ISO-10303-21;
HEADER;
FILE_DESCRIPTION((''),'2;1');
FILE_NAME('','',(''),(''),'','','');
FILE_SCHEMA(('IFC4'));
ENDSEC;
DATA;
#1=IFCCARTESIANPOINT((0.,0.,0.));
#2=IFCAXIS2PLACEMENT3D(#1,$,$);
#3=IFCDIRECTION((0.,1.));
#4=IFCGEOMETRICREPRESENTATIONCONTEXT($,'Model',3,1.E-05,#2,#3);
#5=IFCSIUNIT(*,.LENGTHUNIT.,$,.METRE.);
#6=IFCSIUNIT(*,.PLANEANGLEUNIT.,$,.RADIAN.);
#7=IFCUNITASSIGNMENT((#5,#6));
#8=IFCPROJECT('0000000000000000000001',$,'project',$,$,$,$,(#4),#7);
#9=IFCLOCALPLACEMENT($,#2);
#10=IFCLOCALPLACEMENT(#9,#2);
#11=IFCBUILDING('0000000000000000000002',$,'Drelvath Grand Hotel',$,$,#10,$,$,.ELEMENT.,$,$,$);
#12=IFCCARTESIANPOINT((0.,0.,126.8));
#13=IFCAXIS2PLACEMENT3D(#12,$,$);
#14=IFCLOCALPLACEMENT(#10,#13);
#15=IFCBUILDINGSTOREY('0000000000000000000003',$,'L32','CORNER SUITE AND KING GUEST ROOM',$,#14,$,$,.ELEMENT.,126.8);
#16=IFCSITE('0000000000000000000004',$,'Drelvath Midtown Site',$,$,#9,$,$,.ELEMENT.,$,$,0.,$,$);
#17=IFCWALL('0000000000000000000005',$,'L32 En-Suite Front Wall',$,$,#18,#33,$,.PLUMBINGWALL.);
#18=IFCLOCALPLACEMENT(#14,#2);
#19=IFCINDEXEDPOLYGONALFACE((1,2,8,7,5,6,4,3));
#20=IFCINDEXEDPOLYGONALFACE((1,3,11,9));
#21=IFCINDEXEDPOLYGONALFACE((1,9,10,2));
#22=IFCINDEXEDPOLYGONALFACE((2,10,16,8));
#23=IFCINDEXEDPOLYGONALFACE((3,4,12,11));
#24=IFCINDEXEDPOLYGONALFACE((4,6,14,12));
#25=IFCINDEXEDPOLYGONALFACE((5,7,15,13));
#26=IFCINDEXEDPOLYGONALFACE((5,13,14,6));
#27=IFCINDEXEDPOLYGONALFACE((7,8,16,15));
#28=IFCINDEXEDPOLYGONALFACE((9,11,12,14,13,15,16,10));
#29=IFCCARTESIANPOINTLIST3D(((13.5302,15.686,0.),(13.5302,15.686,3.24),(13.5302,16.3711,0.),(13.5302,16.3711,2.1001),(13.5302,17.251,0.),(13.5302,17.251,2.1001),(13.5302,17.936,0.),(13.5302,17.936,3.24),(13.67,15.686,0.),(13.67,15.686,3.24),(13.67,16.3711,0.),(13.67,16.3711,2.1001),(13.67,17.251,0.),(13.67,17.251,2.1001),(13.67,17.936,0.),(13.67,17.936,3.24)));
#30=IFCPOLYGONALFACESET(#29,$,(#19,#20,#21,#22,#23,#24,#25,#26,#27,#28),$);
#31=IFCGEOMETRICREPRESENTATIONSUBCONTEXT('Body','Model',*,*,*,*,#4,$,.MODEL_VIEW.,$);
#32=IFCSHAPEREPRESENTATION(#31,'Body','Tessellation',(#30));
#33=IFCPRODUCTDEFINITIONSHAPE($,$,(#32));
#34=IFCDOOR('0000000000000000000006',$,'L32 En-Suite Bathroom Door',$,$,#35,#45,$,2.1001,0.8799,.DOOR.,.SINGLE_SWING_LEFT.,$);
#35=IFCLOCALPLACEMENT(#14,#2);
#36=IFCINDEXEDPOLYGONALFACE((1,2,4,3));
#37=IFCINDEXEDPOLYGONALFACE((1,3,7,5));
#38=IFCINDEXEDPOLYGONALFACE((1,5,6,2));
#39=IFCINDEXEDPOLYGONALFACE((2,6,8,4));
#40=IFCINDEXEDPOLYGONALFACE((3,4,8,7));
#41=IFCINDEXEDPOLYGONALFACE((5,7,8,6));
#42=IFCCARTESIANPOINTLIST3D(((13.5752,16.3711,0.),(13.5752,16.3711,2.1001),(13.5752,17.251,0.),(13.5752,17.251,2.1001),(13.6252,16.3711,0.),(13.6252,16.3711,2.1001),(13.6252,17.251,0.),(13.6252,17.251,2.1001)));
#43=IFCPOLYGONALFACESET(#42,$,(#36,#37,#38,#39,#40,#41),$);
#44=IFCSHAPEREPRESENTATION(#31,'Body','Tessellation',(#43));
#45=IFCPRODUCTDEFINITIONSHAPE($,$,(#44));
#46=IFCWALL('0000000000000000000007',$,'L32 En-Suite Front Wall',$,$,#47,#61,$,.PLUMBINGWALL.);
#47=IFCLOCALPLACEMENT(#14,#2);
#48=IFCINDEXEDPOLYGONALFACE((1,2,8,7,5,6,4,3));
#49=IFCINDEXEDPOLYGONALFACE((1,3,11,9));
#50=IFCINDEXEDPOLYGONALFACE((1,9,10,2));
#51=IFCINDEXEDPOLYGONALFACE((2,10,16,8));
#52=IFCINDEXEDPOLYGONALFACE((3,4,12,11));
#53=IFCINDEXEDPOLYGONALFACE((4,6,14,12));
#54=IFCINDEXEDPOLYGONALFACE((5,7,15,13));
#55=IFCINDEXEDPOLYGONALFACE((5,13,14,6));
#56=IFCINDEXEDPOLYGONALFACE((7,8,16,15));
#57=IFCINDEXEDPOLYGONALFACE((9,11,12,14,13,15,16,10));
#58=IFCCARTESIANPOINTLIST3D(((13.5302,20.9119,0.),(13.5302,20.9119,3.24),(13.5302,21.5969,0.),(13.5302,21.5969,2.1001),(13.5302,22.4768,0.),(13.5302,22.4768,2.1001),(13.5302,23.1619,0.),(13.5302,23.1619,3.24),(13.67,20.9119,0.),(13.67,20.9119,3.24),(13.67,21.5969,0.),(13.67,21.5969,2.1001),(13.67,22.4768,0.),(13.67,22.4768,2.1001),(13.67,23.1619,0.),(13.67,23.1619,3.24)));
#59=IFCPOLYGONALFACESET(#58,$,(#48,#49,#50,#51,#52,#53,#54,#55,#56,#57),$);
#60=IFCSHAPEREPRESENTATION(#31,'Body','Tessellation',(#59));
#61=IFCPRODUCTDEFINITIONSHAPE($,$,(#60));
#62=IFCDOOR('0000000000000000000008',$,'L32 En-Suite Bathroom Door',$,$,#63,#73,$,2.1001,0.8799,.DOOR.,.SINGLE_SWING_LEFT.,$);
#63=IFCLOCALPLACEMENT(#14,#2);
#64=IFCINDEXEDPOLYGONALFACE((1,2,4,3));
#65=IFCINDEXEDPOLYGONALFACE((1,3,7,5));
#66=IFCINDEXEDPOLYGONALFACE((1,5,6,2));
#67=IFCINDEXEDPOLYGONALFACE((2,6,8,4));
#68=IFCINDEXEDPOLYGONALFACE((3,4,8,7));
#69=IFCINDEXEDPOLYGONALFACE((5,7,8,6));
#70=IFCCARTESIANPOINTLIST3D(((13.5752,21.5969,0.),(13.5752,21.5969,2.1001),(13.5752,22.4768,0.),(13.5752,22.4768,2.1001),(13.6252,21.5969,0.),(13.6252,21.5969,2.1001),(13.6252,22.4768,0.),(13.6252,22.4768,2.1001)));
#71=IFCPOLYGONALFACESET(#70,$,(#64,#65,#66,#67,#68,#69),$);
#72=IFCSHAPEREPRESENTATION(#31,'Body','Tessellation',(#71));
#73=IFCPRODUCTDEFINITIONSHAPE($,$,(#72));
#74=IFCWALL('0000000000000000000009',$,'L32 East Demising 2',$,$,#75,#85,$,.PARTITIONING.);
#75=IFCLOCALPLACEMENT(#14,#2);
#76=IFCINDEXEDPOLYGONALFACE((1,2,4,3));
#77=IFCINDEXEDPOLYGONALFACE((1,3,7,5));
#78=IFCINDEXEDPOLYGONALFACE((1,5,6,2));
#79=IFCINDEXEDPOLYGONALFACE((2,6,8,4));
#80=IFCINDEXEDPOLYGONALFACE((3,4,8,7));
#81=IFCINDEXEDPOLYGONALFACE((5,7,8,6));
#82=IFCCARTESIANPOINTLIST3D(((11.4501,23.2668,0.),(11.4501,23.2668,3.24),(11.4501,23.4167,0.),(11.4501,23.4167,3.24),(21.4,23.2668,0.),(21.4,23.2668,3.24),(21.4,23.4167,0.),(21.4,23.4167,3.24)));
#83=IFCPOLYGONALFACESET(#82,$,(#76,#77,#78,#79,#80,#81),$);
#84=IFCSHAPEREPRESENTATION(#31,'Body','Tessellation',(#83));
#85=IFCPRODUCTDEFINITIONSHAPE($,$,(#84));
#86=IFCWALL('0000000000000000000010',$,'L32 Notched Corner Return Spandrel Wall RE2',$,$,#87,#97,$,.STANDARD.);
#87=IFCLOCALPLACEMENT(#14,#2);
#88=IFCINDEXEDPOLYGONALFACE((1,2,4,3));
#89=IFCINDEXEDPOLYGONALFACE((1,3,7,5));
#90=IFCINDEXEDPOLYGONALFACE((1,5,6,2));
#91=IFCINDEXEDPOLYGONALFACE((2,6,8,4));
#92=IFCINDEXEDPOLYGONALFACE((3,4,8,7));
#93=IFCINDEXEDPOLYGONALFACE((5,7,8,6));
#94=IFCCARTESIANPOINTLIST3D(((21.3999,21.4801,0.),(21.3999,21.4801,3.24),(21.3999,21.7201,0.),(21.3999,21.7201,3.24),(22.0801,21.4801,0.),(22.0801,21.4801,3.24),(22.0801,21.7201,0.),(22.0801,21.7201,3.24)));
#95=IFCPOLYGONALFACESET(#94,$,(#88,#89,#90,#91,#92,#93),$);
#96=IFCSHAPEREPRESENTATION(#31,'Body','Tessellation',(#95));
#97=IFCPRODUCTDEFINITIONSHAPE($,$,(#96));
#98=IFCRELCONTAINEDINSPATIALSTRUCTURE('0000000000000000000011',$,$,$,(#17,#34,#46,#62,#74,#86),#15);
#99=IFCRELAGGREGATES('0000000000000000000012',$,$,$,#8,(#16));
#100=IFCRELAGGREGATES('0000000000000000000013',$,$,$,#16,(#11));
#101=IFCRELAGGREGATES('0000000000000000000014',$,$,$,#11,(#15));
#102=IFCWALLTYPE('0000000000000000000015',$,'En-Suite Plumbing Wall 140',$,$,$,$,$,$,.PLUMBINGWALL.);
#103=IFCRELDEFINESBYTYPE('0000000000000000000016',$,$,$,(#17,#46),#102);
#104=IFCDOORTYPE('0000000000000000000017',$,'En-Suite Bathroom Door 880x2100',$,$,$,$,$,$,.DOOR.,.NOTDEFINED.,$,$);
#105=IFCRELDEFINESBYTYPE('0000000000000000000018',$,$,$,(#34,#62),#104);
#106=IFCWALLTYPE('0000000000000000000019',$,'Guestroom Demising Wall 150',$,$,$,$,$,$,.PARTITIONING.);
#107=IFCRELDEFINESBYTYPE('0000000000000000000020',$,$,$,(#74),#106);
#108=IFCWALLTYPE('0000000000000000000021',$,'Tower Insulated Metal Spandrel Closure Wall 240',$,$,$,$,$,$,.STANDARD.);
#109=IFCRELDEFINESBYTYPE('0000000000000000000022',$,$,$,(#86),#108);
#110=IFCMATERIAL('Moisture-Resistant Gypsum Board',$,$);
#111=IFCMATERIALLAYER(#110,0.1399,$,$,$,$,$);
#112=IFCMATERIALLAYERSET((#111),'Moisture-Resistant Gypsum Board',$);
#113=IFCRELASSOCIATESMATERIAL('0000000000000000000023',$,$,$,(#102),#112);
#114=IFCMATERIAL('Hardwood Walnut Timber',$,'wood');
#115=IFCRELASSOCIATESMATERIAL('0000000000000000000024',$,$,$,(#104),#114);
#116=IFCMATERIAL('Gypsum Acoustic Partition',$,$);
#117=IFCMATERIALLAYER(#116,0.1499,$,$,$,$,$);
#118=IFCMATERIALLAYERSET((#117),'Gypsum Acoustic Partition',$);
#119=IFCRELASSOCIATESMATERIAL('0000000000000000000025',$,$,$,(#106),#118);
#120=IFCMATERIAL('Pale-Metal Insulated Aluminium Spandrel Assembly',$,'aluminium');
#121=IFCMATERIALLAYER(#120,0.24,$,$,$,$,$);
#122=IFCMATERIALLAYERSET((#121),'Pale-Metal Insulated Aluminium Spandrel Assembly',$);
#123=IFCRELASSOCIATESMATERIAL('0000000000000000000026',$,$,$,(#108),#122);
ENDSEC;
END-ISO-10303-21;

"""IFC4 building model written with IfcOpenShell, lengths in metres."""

from ifc_helpers import new_model, si_unit, direction, frame, frame_2d, origin, place, context, subcontext, project, spatial, rectangle, extrude, material, layer, layer_set, type_object, element, fill, save


model = new_model("IFC4")

# Units and contexts
model_context = context("Model", 3, precision=1e-05, world=origin(), true_north=direction((0.0, 1.0)))
body_context = subcontext(model_context, "Body", "Model", "MODEL_VIEW")
ifc_project = project(units=[si_unit("LENGTHUNIT", "METRE"), si_unit("PLANEANGLEUNIT", "RADIAN")], contexts=[model_context])

# Site, building, storey
site_placement = place(None, origin())
site = spatial("IfcSite", under=ifc_project, at=site_placement, Name="Drelvath Midtown Site", CompositionType="ELEMENT", RefElevation=0.0)
building_placement = place(site_placement, origin())
building = spatial("IfcBuilding", under=site, at=building_placement, Name="Drelvath Grand Hotel", CompositionType="ELEMENT")
storey_placement = place(building_placement, frame((0.0, 0.0, 126.8)))
storey = spatial("IfcBuildingStorey", under=building, at=storey_placement, Name="L32", Description="CORNER SUITE AND KING GUEST ROOM", CompositionType="ELEMENT", Elevation=126.8)

# Walls, openings, doors
ifc_material_1 = material(Name="Moisture-Resistant Gypsum Board")
ifc_layer_1 = layer(ifc_material_1, 0.1399)
ifc_layer_set_1 = layer_set([ifc_layer_1], Name="Moisture-Resistant Gypsum Board")
wall_type_1 = type_object("IfcWallType", Name="En-Suite Plumbing Wall 140", PredefinedType="PLUMBINGWALL", material=ifc_layer_set_1)
wall_1_placement = place(storey_placement, frame((13.6001, 15.686, 0.0), z_axis=(0.0, 0.0, 1.0), x_axis=(0.0, 1.0, 0.0)))
wall_1 = element("IfcWall", 1, at=wall_1_placement, inside=storey, type_object=wall_type_1, Name="L32 En-Suite Front Wall", PredefinedType="PLUMBINGWALL", context=body_context, shape_type="SweptSolid", body=[
    extrude(rectangle(XDim=2.25, YDim=0.1399, at=frame_2d((1.125, 0.0))), origin(), (0.0, 0.0, 1.0), 3.24),
])
opening_1_placement = place(wall_1_placement, frame((0.6851, 0.0, 0.0)))
opening_1 = element("IfcOpeningElement", 2, at=opening_1_placement, cuts=wall_1, PredefinedType="OPENING", context=body_context, shape_type="SweptSolid", body=[
    extrude(rectangle(XDim=0.8799, YDim=2.1001, at=frame_2d((0.4399, 1.05))), frame((0.0, 0.0798, 0.0), z_axis=(0.0, -1.0, 0.0), x_axis=(1.0, 0.0, 0.0)), (0.0, 0.0, 1.0), 0.1599),
])
ifc_material_2 = material(Name="Hardwood Walnut Timber", Category="wood")
door_type = type_object("IfcDoorType", Name="En-Suite Bathroom Door 880x2100", OperationType="NOTDEFINED", PredefinedType="DOOR", material=ifc_material_2)
door_1_placement = place(opening_1_placement, origin())
door_1 = element("IfcDoor", 3, at=door_1_placement, inside=storey, type_object=door_type, Name="L32 En-Suite Bathroom Door", OperationType="SINGLE_SWING_LEFT", OverallHeight=2.1001, OverallWidth=0.8799, PredefinedType="DOOR", context=body_context, shape_type="SweptSolid", body=[
    extrude(rectangle(XDim=0.8799, YDim=2.1001, at=frame_2d((0.4399, 1.05))), frame((0.0, 0.0249, 0.0), z_axis=(0.0, -1.0, 0.0), x_axis=(1.0, 0.0, 0.0)), (0.0, 0.0, 1.0), 0.05),
])
fill(opening_1, door_1)
wall_2_placement = place(storey_placement, frame((13.6001, 20.9119, 0.0), z_axis=(0.0, 0.0, 1.0), x_axis=(0.0, 1.0, 0.0)))
wall_2 = element("IfcWall", 4, at=wall_2_placement, inside=storey, type_object=wall_type_1, Name="L32 En-Suite Front Wall", PredefinedType="PLUMBINGWALL", context=body_context, shape_type="SweptSolid", body=[
    extrude(rectangle(XDim=2.25, YDim=0.1399, at=frame_2d((1.125, 0.0))), origin(), (0.0, 0.0, 1.0), 3.24),
])
opening_2_placement = place(wall_2_placement, frame((0.6851, 0.0, 0.0)))
opening_2 = element("IfcOpeningElement", 5, at=opening_2_placement, cuts=wall_2, PredefinedType="OPENING", context=body_context, shape_type="SweptSolid", body=[
    extrude(rectangle(XDim=0.8799, YDim=2.1001, at=frame_2d((0.4399, 1.05))), frame((0.0, 0.0798, 0.0), z_axis=(0.0, -1.0, 0.0), x_axis=(1.0, 0.0, 0.0)), (0.0, 0.0, 1.0), 0.1599),
])
door_2_placement = place(opening_2_placement, origin())
door_2 = element("IfcDoor", 6, at=door_2_placement, inside=storey, type_object=door_type, Name="L32 En-Suite Bathroom Door", OperationType="SINGLE_SWING_LEFT", OverallHeight=2.1001, OverallWidth=0.8799, PredefinedType="DOOR", context=body_context, shape_type="SweptSolid", body=[
    extrude(rectangle(XDim=0.8799, YDim=2.1001, at=frame_2d((0.4399, 1.05))), frame((0.0, 0.0249, 0.0), z_axis=(0.0, -1.0, 0.0), x_axis=(1.0, 0.0, 0.0)), (0.0, 0.0, 1.0), 0.05),
])
fill(opening_2, door_2)

# Walls
ifc_material_3 = material(Name="Gypsum Acoustic Partition")
ifc_layer_2 = layer(ifc_material_3, 0.1499)
ifc_layer_set_2 = layer_set([ifc_layer_2], Name="Gypsum Acoustic Partition")
wall_type_2 = type_object("IfcWallType", Name="Guestroom Demising Wall 150", PredefinedType="PARTITIONING", material=ifc_layer_set_2)
wall_3_placement = place(storey_placement, frame((11.45, 23.3418, 0.0), z_axis=(0.0, 0.0, 1.0), x_axis=(1.0, 0.0, 0.0)))
element("IfcWall", 7, at=wall_3_placement, inside=storey, type_object=wall_type_2, Name="L32 East Demising 2", PredefinedType="PARTITIONING", context=body_context, shape_type="SweptSolid", body=[
    extrude(rectangle(XDim=9.95, YDim=0.1499, at=frame_2d((4.9751, 0.0))), origin(), (0.0, 0.0, 1.0), 3.24),
])
ifc_material_4 = material(Name="Pale-Metal Insulated Aluminium Spandrel Assembly", Category="aluminium")
ifc_layer_3 = layer(ifc_material_4, 0.24)
ifc_layer_set_3 = layer_set([ifc_layer_3], Name="Pale-Metal Insulated Aluminium Spandrel Assembly")
wall_type_3 = type_object("IfcWallType", Name="Tower Insulated Metal Spandrel Closure Wall 240", PredefinedType="STANDARD", material=ifc_layer_set_3)
wall_4_placement = place(storey_placement, frame((21.3999, 21.6001, 0.0), z_axis=(0.0, 0.0, 1.0), x_axis=(1.0, 0.0, 0.0)))
element("IfcWall", 8, at=wall_4_placement, inside=storey, type_object=wall_type_3, Name="L32 Notched Corner Return Spandrel Wall RE2", PredefinedType="STANDARD", context=body_context, shape_type="SweptSolid", body=[
    extrude(rectangle(XDim=0.6802, YDim=0.24, at=frame_2d((0.3401, 0.0))), origin(), (0.0, 0.0, 1.0), 3.24),
])

save(model, "model.ifc")
